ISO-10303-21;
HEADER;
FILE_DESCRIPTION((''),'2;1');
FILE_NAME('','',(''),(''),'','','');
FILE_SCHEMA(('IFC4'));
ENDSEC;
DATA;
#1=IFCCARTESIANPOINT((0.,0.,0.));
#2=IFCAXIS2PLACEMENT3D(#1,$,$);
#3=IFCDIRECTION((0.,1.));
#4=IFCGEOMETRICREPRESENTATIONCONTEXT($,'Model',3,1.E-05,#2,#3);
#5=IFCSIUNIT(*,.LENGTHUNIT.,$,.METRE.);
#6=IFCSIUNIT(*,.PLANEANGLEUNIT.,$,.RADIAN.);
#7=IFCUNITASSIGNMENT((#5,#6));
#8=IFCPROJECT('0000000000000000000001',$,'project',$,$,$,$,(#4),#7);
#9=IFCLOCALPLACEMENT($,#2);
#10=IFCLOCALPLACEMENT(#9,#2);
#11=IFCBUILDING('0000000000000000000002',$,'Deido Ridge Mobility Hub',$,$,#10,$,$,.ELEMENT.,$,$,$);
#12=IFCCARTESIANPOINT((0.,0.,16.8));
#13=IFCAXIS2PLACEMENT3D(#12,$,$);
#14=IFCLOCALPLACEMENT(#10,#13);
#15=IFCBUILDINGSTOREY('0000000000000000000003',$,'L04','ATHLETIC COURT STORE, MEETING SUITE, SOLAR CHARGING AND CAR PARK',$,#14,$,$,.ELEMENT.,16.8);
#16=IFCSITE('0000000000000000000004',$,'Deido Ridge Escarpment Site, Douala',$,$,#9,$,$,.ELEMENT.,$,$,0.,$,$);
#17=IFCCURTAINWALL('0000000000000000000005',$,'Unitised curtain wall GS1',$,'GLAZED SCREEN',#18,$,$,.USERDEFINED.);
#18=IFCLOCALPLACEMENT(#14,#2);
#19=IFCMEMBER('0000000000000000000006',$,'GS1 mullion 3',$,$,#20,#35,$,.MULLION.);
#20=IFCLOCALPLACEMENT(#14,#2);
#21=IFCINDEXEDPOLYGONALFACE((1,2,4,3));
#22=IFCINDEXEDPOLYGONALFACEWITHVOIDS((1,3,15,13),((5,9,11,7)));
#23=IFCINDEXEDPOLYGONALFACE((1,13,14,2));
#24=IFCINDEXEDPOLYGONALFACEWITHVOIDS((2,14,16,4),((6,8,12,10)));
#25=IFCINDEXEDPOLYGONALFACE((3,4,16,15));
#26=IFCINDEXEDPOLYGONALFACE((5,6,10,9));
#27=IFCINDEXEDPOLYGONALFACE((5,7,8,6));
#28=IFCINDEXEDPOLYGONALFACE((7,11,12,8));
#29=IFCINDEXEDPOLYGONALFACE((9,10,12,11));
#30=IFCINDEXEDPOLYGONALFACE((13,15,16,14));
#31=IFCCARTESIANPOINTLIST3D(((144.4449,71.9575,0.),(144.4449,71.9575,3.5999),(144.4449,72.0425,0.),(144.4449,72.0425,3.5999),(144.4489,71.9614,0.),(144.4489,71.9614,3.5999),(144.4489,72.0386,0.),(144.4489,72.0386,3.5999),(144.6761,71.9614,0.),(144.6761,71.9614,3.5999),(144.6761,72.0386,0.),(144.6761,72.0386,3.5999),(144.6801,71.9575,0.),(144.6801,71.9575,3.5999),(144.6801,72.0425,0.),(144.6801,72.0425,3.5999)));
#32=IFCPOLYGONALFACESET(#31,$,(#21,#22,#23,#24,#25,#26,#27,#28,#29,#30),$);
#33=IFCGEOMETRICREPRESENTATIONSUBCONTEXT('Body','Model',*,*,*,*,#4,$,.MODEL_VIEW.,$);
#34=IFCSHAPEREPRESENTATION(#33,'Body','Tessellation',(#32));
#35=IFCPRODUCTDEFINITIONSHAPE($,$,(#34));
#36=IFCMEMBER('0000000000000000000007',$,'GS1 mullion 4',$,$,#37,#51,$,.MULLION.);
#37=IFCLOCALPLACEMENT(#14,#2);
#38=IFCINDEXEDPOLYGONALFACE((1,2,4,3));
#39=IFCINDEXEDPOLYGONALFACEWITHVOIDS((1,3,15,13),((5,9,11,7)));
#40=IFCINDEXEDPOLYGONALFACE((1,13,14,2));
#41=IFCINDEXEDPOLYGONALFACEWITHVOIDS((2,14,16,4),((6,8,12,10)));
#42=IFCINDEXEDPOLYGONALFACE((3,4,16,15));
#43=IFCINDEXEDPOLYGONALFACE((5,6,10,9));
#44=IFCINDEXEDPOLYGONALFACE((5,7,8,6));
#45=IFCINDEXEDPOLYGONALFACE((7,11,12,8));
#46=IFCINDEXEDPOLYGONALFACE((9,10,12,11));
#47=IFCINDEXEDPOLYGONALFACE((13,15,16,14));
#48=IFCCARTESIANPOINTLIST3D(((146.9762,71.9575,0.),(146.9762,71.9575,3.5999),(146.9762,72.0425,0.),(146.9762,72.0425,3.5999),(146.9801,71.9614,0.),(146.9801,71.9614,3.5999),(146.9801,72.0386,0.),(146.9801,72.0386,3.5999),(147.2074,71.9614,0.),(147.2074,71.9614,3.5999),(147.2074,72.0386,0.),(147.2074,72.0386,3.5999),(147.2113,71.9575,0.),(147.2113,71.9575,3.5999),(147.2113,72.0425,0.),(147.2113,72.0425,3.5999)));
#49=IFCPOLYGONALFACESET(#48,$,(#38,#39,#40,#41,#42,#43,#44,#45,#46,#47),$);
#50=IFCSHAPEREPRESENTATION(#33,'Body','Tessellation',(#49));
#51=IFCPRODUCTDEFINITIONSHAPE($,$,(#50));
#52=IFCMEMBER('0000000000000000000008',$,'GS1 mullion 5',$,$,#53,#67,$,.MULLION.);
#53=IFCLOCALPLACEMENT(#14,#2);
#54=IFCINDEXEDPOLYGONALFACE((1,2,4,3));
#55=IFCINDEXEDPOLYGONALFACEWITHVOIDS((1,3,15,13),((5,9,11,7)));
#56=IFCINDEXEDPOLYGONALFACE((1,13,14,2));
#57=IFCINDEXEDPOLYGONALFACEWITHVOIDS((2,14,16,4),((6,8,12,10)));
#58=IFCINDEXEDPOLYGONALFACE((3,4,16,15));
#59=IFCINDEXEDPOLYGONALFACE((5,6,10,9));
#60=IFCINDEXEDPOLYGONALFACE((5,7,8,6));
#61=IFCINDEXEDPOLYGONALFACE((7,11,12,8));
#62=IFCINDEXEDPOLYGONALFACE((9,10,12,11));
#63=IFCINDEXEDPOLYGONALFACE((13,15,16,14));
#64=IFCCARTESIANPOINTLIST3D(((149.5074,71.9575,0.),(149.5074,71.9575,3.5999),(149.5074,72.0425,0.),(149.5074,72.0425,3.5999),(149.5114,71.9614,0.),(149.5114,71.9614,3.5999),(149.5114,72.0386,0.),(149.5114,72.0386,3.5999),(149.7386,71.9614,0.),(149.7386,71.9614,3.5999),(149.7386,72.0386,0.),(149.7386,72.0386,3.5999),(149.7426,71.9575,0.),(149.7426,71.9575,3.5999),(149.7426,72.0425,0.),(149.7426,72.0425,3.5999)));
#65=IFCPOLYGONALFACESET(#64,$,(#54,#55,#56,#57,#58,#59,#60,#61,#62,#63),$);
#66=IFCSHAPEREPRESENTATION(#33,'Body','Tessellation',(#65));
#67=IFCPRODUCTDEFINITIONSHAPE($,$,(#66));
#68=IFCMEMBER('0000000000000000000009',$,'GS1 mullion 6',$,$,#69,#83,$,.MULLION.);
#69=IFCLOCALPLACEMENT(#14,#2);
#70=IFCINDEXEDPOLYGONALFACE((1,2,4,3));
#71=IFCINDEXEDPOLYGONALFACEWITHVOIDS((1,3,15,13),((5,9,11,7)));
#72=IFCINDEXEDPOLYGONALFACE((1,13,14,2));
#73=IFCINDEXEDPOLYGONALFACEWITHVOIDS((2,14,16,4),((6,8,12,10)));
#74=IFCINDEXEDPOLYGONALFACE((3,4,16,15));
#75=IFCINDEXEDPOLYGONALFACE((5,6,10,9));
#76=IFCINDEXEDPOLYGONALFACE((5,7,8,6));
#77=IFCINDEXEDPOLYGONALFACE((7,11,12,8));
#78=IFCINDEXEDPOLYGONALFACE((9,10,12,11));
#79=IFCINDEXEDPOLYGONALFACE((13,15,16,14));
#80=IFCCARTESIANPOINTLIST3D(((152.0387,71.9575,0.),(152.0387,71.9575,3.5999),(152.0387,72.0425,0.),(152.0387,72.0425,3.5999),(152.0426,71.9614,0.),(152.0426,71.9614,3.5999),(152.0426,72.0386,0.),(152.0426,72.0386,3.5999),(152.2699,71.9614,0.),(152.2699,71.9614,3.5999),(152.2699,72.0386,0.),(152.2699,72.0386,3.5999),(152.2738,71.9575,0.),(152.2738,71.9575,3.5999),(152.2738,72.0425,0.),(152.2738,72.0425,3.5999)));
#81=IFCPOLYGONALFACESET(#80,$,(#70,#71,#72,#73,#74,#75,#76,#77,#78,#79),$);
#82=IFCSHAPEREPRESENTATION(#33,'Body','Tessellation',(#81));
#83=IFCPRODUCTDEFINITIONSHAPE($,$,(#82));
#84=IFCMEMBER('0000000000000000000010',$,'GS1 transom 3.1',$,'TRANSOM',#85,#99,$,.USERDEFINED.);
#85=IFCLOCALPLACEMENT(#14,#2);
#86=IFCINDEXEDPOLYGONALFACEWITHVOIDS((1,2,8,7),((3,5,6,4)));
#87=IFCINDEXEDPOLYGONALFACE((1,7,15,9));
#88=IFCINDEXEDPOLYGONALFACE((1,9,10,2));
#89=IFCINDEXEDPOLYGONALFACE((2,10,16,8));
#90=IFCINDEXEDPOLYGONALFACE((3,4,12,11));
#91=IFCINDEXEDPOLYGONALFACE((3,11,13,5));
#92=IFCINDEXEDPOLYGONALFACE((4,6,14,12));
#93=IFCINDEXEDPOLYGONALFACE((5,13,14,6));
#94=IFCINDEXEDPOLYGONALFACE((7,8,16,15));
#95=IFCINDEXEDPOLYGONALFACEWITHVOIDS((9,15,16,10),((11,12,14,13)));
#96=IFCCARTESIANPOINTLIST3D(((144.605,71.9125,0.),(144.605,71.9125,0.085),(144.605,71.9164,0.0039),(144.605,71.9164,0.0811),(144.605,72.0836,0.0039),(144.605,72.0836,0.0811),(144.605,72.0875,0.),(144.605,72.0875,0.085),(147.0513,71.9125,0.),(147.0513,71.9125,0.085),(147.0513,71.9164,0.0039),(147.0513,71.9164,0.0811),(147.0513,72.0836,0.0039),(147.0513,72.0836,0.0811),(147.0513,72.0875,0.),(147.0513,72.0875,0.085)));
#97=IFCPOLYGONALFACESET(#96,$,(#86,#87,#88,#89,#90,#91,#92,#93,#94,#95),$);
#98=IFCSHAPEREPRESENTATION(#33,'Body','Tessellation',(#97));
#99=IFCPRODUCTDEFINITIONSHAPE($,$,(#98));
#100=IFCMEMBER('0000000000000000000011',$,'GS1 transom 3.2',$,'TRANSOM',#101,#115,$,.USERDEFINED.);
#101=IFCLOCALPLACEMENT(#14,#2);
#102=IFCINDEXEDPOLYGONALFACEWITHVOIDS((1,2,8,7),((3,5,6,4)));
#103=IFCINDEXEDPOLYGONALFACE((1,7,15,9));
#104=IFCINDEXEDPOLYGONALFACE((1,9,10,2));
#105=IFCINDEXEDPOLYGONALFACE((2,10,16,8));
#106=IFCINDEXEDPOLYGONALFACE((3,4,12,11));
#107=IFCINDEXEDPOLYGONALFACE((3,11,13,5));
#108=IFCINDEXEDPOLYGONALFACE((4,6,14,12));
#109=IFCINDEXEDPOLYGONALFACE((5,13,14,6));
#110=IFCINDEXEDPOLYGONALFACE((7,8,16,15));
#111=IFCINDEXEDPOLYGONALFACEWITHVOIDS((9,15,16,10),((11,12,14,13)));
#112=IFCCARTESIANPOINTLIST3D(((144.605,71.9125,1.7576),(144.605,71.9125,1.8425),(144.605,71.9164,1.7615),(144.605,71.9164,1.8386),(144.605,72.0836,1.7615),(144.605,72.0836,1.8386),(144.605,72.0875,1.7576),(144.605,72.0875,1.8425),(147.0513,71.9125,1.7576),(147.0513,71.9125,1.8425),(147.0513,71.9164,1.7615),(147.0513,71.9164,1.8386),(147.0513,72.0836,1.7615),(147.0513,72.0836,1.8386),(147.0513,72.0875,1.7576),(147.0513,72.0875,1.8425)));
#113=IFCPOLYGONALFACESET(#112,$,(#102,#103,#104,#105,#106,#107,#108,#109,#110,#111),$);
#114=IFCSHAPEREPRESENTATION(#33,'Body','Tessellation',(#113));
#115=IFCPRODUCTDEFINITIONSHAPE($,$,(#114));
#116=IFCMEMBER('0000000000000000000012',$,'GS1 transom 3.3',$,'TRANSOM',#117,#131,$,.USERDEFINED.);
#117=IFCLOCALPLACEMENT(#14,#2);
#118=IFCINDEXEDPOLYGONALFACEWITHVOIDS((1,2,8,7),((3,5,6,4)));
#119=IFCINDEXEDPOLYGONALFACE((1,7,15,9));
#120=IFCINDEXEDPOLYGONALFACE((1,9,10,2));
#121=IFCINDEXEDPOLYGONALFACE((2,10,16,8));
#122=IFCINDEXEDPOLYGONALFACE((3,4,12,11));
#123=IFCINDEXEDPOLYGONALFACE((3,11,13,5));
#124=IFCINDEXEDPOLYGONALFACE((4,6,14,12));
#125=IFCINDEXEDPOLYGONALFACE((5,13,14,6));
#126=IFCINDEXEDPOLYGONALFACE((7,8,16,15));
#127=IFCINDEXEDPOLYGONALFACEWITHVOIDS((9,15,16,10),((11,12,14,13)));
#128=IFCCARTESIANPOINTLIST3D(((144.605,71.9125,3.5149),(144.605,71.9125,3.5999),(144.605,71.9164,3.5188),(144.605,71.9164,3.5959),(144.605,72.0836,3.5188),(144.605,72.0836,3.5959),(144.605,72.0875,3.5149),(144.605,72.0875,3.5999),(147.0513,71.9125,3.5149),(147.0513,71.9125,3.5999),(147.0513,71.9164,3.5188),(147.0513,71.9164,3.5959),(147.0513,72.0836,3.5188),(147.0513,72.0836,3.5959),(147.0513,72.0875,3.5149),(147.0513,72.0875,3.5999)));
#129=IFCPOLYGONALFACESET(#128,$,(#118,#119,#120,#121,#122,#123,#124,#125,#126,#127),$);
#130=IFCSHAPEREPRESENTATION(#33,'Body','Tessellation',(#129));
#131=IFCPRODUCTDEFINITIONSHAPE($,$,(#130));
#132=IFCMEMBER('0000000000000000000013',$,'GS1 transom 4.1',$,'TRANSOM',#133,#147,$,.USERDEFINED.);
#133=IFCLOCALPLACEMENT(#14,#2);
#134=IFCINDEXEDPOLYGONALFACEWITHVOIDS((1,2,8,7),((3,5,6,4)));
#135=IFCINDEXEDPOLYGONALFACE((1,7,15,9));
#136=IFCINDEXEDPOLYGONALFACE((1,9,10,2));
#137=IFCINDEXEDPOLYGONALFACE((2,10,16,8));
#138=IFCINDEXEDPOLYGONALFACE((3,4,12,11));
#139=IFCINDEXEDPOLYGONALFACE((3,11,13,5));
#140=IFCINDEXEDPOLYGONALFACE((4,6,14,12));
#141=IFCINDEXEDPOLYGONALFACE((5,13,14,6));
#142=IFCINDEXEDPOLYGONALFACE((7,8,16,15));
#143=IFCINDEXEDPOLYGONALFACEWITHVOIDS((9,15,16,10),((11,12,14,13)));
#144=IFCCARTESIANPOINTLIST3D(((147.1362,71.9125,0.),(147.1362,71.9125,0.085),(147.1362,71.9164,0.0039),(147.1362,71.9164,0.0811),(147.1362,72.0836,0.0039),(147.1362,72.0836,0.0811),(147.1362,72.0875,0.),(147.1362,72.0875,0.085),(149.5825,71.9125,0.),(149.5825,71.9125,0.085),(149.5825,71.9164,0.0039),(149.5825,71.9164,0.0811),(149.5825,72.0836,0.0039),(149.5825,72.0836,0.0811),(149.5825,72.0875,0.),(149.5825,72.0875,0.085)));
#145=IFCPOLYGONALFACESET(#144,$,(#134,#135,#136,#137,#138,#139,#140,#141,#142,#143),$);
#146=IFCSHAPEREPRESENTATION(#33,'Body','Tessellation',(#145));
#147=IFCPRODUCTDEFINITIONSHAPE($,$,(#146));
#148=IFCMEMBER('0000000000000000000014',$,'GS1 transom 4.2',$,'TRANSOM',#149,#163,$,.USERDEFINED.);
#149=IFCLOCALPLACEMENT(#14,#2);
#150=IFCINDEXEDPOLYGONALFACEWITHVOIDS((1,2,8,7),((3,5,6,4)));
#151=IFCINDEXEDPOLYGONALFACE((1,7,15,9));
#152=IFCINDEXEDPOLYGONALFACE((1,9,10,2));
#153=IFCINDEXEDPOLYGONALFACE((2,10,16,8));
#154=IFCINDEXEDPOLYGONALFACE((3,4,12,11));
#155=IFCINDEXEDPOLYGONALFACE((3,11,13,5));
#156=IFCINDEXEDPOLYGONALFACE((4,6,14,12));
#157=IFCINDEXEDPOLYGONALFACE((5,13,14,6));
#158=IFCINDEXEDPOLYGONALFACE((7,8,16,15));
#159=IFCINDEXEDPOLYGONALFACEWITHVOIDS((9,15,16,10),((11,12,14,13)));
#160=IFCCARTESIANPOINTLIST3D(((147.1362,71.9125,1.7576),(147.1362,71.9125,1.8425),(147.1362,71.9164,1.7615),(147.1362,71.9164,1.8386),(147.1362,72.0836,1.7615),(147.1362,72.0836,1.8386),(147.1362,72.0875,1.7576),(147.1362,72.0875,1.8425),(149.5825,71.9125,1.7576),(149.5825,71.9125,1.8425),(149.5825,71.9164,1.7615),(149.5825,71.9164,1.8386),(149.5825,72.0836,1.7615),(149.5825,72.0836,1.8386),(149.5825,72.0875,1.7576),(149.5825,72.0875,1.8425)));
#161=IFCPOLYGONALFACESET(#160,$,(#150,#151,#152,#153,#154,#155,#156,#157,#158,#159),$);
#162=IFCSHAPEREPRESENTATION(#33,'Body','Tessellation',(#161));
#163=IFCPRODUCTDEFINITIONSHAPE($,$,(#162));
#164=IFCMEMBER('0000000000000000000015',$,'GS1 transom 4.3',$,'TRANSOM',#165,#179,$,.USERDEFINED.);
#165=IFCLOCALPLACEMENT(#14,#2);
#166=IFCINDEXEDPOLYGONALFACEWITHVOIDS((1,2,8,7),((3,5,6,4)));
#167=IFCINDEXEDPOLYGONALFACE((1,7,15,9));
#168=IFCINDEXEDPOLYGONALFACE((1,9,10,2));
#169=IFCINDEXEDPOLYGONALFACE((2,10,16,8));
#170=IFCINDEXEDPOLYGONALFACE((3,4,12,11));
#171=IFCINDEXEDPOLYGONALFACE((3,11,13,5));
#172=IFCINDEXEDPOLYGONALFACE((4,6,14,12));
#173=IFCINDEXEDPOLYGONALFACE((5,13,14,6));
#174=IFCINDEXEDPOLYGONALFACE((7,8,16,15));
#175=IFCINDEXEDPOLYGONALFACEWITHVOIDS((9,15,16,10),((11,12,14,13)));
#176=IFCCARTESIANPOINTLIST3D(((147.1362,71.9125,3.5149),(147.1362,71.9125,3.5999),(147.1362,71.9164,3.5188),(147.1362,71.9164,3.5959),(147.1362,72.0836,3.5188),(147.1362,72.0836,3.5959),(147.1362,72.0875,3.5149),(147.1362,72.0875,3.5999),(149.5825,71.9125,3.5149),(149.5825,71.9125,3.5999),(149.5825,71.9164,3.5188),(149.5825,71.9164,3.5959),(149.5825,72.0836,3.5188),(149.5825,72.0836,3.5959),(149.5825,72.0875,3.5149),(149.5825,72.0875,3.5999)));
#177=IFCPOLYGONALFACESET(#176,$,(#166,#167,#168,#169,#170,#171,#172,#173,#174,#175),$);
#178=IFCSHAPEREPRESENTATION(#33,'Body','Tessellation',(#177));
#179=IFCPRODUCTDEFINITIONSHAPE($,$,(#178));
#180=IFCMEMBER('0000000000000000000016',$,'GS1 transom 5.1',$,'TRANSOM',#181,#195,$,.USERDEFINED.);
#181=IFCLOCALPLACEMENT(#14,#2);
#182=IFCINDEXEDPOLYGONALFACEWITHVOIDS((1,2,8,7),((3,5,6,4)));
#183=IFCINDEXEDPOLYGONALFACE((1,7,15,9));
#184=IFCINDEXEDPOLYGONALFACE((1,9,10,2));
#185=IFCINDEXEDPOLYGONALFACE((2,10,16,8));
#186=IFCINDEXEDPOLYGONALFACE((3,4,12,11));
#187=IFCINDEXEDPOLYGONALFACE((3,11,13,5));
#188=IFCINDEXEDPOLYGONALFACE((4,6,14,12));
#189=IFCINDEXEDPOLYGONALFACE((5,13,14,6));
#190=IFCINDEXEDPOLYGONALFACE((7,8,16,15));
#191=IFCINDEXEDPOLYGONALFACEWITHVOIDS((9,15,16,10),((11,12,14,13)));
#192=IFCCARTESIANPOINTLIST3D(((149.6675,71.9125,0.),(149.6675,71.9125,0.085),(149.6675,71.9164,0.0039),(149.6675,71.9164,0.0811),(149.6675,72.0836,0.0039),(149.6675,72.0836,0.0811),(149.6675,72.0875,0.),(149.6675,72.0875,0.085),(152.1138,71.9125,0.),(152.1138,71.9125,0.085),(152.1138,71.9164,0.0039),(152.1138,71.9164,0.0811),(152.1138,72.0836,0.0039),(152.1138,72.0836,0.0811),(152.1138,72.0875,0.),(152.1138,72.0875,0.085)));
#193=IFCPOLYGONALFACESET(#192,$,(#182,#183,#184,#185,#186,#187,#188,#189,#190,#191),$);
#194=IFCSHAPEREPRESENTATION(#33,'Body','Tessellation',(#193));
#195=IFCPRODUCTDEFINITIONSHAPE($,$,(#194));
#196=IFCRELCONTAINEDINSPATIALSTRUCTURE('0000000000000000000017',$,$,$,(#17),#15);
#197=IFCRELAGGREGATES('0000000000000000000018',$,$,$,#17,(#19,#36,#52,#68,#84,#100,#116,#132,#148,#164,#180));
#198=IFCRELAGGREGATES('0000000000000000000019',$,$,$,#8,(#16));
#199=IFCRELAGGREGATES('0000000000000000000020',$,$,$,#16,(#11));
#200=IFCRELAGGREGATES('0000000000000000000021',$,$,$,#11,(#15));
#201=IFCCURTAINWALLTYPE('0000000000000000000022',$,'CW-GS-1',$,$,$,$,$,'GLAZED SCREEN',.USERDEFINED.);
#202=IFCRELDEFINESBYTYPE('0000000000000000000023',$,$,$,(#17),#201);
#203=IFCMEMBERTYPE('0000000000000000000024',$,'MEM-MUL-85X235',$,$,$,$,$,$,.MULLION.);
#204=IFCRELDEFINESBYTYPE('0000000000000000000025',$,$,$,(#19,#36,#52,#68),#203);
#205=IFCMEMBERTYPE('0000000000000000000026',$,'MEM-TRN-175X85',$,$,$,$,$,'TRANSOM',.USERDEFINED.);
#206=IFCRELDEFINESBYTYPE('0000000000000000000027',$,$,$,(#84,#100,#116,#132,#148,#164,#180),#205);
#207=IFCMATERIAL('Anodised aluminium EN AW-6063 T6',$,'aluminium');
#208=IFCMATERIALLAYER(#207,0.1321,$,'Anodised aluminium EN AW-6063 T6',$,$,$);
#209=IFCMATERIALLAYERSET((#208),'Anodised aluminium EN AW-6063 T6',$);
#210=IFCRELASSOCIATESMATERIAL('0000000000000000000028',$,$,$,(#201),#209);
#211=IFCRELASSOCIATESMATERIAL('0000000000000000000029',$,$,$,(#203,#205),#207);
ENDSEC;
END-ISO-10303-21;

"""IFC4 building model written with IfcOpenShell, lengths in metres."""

from ifc_helpers import new_model, si_unit, direction, frame, origin, origin_2d, place, context, subcontext, project, spatial, hollow_rectangle, extrude, material, layer, layer_set, material_profile, profile_set, type_object, element, aggregate, save


model = new_model("IFC4")

# Units and contexts
model_context = context("Model", 3, precision=1e-05, world=origin(), true_north=direction((0.0, 1.0)))
body_context = subcontext(model_context, "Body", "Model", "MODEL_VIEW")
ifc_project = project(units=[si_unit("LENGTHUNIT", "METRE"), si_unit("PLANEANGLEUNIT", "RADIAN")], contexts=[model_context])

# Site, building, storey
site_placement = place(None, origin())
site = spatial("IfcSite", under=ifc_project, at=site_placement, Name="Deido Ridge Escarpment Site, Douala", CompositionType="ELEMENT", RefElevation=0.0)
building_placement = place(site_placement, origin())
building = spatial("IfcBuilding", under=site, at=building_placement, Name="Deido Ridge Mobility Hub", CompositionType="ELEMENT")
storey_placement = place(building_placement, frame((0.0, 0.0, 16.8)))
storey = spatial("IfcBuildingStorey", under=building, at=storey_placement, Name="L04", Description="ATHLETIC COURT STORE, MEETING SUITE, SOLAR CHARGING AND CAR PARK", CompositionType="ELEMENT", Elevation=16.8)

# Curtain wall, members
ifc_material_1 = material(Name="Anodised aluminium EN AW-6063 T6", Category="aluminium")
ifc_layer_1 = layer(ifc_material_1, 0.1321, Name="Anodised aluminium EN AW-6063 T6")
ifc_layer_set_1 = layer_set([ifc_layer_1], Name="Anodised aluminium EN AW-6063 T6")
curtain_wall_type = type_object("IfcCurtainWallType", Name="CW-GS-1", ElementType="GLAZED SCREEN", PredefinedType="USERDEFINED", material=ifc_layer_set_1)
curtain_wall_placement = place(storey_placement, origin())
curtain_wall = element("IfcCurtainWall", 1, at=curtain_wall_placement, inside=storey, type_object=curtain_wall_type, Name="Unitised curtain wall GS1", ObjectType="GLAZED SCREEN", PredefinedType="USERDEFINED")
ifc_material_profile_1 = material_profile(ifc_material_1, hollow_rectangle(XDim=0.085, YDim=0.2351, WallThickness=0.0039, at=origin_2d()), Name="RHS 85x235x4")
ifc_profile_set_1 = profile_set([ifc_material_profile_1], Name="Anodised aluminium EN AW-6063 T6")
member_type_1 = type_object("IfcMemberType", Name="MEM-MUL-85X235", PredefinedType="MULLION", material=ifc_profile_set_1)
member_1_placement = place(storey_placement, frame((144.5625, 72.0, 0.0), z_axis=(0.0, 0.0, 1.0), x_axis=(0.0, 1.0, 0.0)))
member_1 = element("IfcMember", 2, at=member_1_placement, type_object=member_type_1, Name="GS1 mullion 3", PredefinedType="MULLION", context=body_context, shape_type="SweptSolid", body=[
    extrude(hollow_rectangle(XDim=0.085, YDim=0.2351, WallThickness=0.0039, at=origin_2d()), origin(), (0.0, 0.0, 1.0), 3.5999),
])
member_2_placement = place(storey_placement, frame((147.0938, 72.0, 0.0), z_axis=(0.0, 0.0, 1.0), x_axis=(0.0, 1.0, 0.0)))
member_2 = element("IfcMember", 3, at=member_2_placement, type_object=member_type_1, Name="GS1 mullion 4", PredefinedType="MULLION", context=body_context, shape_type="SweptSolid", body=[
    extrude(hollow_rectangle(XDim=0.085, YDim=0.2351, WallThickness=0.0039, at=origin_2d()), origin(), (0.0, 0.0, 1.0), 3.5999),
])
member_3_placement = place(storey_placement, frame((149.625, 72.0, 0.0), z_axis=(0.0, 0.0, 1.0), x_axis=(0.0, 1.0, 0.0)))
member_3 = element("IfcMember", 4, at=member_3_placement, type_object=member_type_1, Name="GS1 mullion 5", PredefinedType="MULLION", context=body_context, shape_type="SweptSolid", body=[
    extrude(hollow_rectangle(XDim=0.085, YDim=0.2351, WallThickness=0.0039, at=origin_2d()), origin(), (0.0, 0.0, 1.0), 3.5999),
])
member_4_placement = place(storey_placement, frame((152.1562, 72.0, 0.0), z_axis=(0.0, 0.0, 1.0), x_axis=(0.0, 1.0, 0.0)))
member_4 = element("IfcMember", 5, at=member_4_placement, type_object=member_type_1, Name="GS1 mullion 6", PredefinedType="MULLION", context=body_context, shape_type="SweptSolid", body=[
    extrude(hollow_rectangle(XDim=0.085, YDim=0.2351, WallThickness=0.0039, at=origin_2d()), origin(), (0.0, 0.0, 1.0), 3.5999),
])
ifc_material_profile_2 = material_profile(ifc_material_1, hollow_rectangle(XDim=0.175, YDim=0.085, WallThickness=0.0039, at=origin_2d()), Name="RHS 175x85x4")
ifc_profile_set_2 = profile_set([ifc_material_profile_2], Name="Anodised aluminium EN AW-6063 T6")
member_type_2 = type_object("IfcMemberType", Name="MEM-TRN-175X85", ElementType="TRANSOM", PredefinedType="USERDEFINED", material=ifc_profile_set_2)
member_5_placement = place(storey_placement, frame((144.605, 72.0, 0.0425), z_axis=(1.0, 0.0, 0.0), x_axis=(0.0, 1.0, 0.0)))
member_5 = element("IfcMember", 6, at=member_5_placement, type_object=member_type_2, Name="GS1 transom 3.1", ObjectType="TRANSOM", PredefinedType="USERDEFINED", context=body_context, shape_type="SweptSolid", body=[
    extrude(hollow_rectangle(XDim=0.175, YDim=0.085, WallThickness=0.0039, at=origin_2d()), origin(), (0.0, 0.0, 1.0), 2.4463),
])
member_6_placement = place(storey_placement, frame((144.605, 72.0, 1.8), z_axis=(1.0, 0.0, 0.0), x_axis=(0.0, 1.0, 0.0)))
member_6 = element("IfcMember", 7, at=member_6_placement, type_object=member_type_2, Name="GS1 transom 3.2", ObjectType="TRANSOM", PredefinedType="USERDEFINED", context=body_context, shape_type="SweptSolid", body=[
    extrude(hollow_rectangle(XDim=0.175, YDim=0.085, WallThickness=0.0039, at=origin_2d()), origin(), (0.0, 0.0, 1.0), 2.4463),
])
member_7_placement = place(storey_placement, frame((144.605, 72.0, 3.5574), z_axis=(1.0, 0.0, 0.0), x_axis=(0.0, 1.0, 0.0)))
member_7 = element("IfcMember", 8, at=member_7_placement, type_object=member_type_2, Name="GS1 transom 3.3", ObjectType="TRANSOM", PredefinedType="USERDEFINED", context=body_context, shape_type="SweptSolid", body=[
    extrude(hollow_rectangle(XDim=0.175, YDim=0.085, WallThickness=0.0039, at=origin_2d()), origin(), (0.0, 0.0, 1.0), 2.4463),
])
member_8_placement = place(storey_placement, frame((147.1362, 72.0, 0.0425), z_axis=(1.0, 0.0, 0.0), x_axis=(0.0, 1.0, 0.0)))
member_8 = element("IfcMember", 9, at=member_8_placement, type_object=member_type_2, Name="GS1 transom 4.1", ObjectType="TRANSOM", PredefinedType="USERDEFINED", context=body_context, shape_type="SweptSolid", body=[
    extrude(hollow_rectangle(XDim=0.175, YDim=0.085, WallThickness=0.0039, at=origin_2d()), origin(), (0.0, 0.0, 1.0), 2.4463),
])
member_9_placement = place(storey_placement, frame((147.1362, 72.0, 1.8), z_axis=(1.0, 0.0, 0.0), x_axis=(0.0, 1.0, 0.0)))
member_9 = element("IfcMember", 10, at=member_9_placement, type_object=member_type_2, Name="GS1 transom 4.2", ObjectType="TRANSOM", PredefinedType="USERDEFINED", context=body_context, shape_type="SweptSolid", body=[
    extrude(hollow_rectangle(XDim=0.175, YDim=0.085, WallThickness=0.0039, at=origin_2d()), origin(), (0.0, 0.0, 1.0), 2.4463),
])
member_10_placement = place(storey_placement, frame((147.1362, 72.0, 3.5574), z_axis=(1.0, 0.0, 0.0), x_axis=(0.0, 1.0, 0.0)))
member_10 = element("IfcMember", 11, at=member_10_placement, type_object=member_type_2, Name="GS1 transom 4.3", ObjectType="TRANSOM", PredefinedType="USERDEFINED", context=body_context, shape_type="SweptSolid", body=[
    extrude(hollow_rectangle(XDim=0.175, YDim=0.085, WallThickness=0.0039, at=origin_2d()), origin(), (0.0, 0.0, 1.0), 2.4463),
])
member_11_placement = place(storey_placement, frame((149.6675, 72.0, 0.0425), z_axis=(1.0, 0.0, 0.0), x_axis=(0.0, 1.0, 0.0)))
member_11 = element("IfcMember", 12, at=member_11_placement, type_object=member_type_2, Name="GS1 transom 5.1", ObjectType="TRANSOM", PredefinedType="USERDEFINED", context=body_context, shape_type="SweptSolid", body=[
    extrude(hollow_rectangle(XDim=0.175, YDim=0.085, WallThickness=0.0039, at=origin_2d()), origin(), (0.0, 0.0, 1.0), 2.4463),
])

aggregate(curtain_wall, [member_1, member_2, member_3, member_4, member_5, member_6, member_7, member_8, member_9, member_10, member_11])

save(model, "model.ifc")
